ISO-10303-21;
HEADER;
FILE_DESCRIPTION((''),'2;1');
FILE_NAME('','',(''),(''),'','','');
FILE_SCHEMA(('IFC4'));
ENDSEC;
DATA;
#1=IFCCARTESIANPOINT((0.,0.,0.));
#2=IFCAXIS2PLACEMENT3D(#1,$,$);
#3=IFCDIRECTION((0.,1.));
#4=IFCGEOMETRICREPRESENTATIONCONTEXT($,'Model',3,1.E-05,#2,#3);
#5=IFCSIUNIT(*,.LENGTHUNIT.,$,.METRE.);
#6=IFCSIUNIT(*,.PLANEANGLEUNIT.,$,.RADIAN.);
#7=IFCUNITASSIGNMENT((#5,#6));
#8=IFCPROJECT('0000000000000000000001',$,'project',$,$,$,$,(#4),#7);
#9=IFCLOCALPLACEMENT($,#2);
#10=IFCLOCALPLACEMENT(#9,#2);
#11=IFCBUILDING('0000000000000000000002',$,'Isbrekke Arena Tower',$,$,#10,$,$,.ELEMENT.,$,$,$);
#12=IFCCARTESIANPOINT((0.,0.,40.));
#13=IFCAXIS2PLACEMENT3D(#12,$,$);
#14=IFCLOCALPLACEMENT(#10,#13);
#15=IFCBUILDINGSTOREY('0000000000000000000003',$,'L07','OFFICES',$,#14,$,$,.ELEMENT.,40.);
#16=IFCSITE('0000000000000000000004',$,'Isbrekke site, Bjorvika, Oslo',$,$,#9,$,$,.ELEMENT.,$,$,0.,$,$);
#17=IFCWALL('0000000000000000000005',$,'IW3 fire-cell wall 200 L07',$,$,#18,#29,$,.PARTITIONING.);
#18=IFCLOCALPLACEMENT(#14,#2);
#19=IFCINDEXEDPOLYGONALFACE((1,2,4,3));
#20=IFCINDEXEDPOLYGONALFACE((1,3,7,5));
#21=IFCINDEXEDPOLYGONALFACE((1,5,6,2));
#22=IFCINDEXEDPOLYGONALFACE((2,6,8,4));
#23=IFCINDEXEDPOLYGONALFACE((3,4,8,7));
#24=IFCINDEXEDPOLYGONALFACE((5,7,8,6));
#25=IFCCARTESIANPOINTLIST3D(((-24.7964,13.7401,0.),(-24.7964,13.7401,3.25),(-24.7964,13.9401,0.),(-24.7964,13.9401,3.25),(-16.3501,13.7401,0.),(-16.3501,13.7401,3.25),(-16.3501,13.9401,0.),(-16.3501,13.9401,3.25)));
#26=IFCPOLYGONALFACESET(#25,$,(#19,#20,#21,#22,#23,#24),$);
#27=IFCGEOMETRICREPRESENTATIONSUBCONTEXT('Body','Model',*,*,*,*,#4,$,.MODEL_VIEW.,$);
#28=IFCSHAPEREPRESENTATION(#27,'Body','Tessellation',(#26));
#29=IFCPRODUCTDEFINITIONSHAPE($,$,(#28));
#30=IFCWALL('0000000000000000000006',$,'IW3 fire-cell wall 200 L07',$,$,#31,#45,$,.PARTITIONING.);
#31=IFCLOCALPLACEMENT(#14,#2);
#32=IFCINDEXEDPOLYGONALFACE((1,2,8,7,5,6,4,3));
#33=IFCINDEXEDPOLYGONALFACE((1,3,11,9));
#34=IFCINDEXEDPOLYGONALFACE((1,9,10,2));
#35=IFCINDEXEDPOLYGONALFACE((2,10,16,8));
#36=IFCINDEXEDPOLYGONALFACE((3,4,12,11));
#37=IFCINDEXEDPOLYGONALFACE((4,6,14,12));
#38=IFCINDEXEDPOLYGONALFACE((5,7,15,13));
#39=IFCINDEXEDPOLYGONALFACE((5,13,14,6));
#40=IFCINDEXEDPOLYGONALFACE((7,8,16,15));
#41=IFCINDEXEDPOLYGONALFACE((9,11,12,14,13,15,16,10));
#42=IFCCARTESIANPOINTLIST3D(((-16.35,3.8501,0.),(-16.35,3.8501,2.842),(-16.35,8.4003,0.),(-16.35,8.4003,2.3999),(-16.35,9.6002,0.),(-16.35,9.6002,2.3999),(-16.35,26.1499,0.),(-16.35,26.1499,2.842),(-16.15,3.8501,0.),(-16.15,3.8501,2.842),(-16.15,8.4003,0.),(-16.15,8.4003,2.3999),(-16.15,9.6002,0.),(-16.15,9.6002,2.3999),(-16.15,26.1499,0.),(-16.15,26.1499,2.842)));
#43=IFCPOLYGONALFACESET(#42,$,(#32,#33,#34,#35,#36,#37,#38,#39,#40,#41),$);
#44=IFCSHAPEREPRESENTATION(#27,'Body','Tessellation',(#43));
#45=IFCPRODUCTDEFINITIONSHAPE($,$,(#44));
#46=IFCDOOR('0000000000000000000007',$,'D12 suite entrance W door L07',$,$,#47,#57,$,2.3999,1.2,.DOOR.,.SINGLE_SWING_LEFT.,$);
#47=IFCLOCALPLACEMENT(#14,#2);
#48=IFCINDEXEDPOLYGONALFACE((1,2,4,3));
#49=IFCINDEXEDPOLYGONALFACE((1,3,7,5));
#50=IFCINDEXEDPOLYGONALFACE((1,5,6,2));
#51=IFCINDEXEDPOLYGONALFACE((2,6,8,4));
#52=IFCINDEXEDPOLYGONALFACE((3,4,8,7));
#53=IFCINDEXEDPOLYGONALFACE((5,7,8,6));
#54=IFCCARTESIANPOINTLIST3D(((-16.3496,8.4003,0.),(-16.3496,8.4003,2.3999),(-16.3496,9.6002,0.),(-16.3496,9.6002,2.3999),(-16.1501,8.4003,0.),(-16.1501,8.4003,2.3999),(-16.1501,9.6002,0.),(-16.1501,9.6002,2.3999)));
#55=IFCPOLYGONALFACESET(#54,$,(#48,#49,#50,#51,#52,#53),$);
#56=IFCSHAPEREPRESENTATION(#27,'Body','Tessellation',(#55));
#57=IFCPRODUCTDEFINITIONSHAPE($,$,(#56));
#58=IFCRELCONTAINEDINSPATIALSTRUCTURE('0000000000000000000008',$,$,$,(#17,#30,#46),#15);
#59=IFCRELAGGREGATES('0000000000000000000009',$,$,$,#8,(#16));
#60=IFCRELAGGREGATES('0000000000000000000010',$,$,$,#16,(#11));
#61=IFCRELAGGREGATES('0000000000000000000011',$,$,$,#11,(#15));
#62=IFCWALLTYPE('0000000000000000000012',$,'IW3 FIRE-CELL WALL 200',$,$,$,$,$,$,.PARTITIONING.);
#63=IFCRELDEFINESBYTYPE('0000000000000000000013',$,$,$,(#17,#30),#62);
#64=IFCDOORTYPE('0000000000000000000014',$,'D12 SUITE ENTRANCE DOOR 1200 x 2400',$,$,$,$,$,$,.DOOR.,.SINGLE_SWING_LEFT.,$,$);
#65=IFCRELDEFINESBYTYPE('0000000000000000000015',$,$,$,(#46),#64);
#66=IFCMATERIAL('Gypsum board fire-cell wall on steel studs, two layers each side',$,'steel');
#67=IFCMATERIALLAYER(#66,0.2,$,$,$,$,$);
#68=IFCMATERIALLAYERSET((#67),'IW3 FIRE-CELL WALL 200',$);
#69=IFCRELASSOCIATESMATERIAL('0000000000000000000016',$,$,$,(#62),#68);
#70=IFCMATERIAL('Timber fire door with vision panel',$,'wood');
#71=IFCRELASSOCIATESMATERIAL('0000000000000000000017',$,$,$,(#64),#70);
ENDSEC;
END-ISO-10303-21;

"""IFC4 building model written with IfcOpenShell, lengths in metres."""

from ifc_helpers import new_model, si_unit, direction, frame, frame_2d, origin, place, context, subcontext, project, spatial, rectangle, extrude, material, layer, layer_set, type_object, element, fill, save


model = new_model("IFC4")

# Units and contexts
model_context = context("Model", 3, precision=1e-05, world=origin(), true_north=direction((0.0, 1.0)))
body_context = subcontext(model_context, "Body", "Model", "MODEL_VIEW")
ifc_project = project(units=[si_unit("LENGTHUNIT", "METRE"), si_unit("PLANEANGLEUNIT", "RADIAN")], contexts=[model_context])

# Site, building, storey
site_placement = place(None, origin())
site = spatial("IfcSite", under=ifc_project, at=site_placement, Name="Isbrekke site, Bjorvika, Oslo", CompositionType="ELEMENT", RefElevation=0.0)
building_placement = place(site_placement, origin())
building = spatial("IfcBuilding", under=site, at=building_placement, Name="Isbrekke Arena Tower", CompositionType="ELEMENT")
storey_placement = place(building_placement, frame((0.0, 0.0, 40.0)))
storey = spatial("IfcBuildingStorey", under=building, at=storey_placement, Name="L07", Description="OFFICES", CompositionType="ELEMENT", Elevation=40.0)

# Shared definitions
ifc_material_1 = material(Name="Gypsum board fire-cell wall on steel studs, two layers each side", Category="steel")
ifc_layer_1 = layer(ifc_material_1, 0.2)
ifc_layer_set_1 = layer_set([ifc_layer_1], Name="IW3 FIRE-CELL WALL 200")
wall_type_1 = type_object("IfcWallType", Name="IW3 FIRE-CELL WALL 200", PredefinedType="PARTITIONING", material=ifc_layer_set_1)
ifc_material_2 = material(Name="Timber fire door with vision panel", Category="wood")
door_type_1 = type_object("IfcDoorType", Name="D12 SUITE ENTRANCE DOOR 1200 x 2400", OperationType="SINGLE_SWING_LEFT", PredefinedType="DOOR", material=ifc_material_2)

# Wall
wall_1_placement = place(storey_placement, frame((-24.7964, 13.8401, 0.0), z_axis=(0.0, 0.0, 1.0), x_axis=(1.0, 0.0, 0.0)))
element("IfcWall", 1, at=wall_1_placement, inside=storey, type_object=wall_type_1, Name="IW3 fire-cell wall 200 L07", PredefinedType="PARTITIONING", context=body_context, shape_type="SweptSolid", body=[
    extrude(rectangle(XDim=8.4463, YDim=0.2, at=frame_2d((4.2231, 0.0))), origin(), (0.0, 0.0, 1.0), 3.25),
])

# Wall, opening, door
wall_2_placement = place(storey_placement, frame((-16.25, 3.8501, 0.0), z_axis=(0.0, 0.0, 1.0), x_axis=(0.0, 1.0, 0.0)))
wall_2 = element("IfcWall", 2, at=wall_2_placement, inside=storey, type_object=wall_type_1, Name="IW3 fire-cell wall 200 L07", PredefinedType="PARTITIONING", context=body_context, shape_type="SweptSolid", body=[
    extrude(rectangle(XDim=22.2998, YDim=0.2, at=frame_2d((11.1499, 0.0))), origin(), (0.0, 0.0, 1.0), 2.842),
])
opening_1_placement = place(wall_2_placement, frame((4.55, 0.0, 0.0)))
opening_1 = element("IfcOpeningElement", 3, at=opening_1_placement, cuts=wall_2, PredefinedType="OPENING", context=body_context, shape_type="SweptSolid", body=[
    extrude(rectangle(XDim=1.2, YDim=2.3999, at=frame_2d((0.6001, 1.2))), frame((0.0, 0.1147, 0.0), z_axis=(0.0, -1.0, 0.0), x_axis=(1.0, 0.0, 0.0)), (0.0, 0.0, 1.0), 0.2297),
])
door_1_placement = place(opening_1_placement, origin())
door_1 = element("IfcDoor", 4, at=door_1_placement, inside=storey, type_object=door_type_1, Name="D12 suite entrance W door L07", OperationType="SINGLE_SWING_LEFT", OverallHeight=2.3999, OverallWidth=1.2, PredefinedType="DOOR", context=body_context, shape_type="SweptSolid", body=[
    extrude(rectangle(XDim=1.2, YDim=2.3999, at=frame_2d((0.6001, 1.2))), frame((0.0, 0.0996, 0.0), z_axis=(0.0, -1.0, 0.0), x_axis=(1.0, 0.0, 0.0)), (0.0, 0.0, 1.0), 0.1995),
])
fill(opening_1, door_1)

save(model, "model.ifc")
